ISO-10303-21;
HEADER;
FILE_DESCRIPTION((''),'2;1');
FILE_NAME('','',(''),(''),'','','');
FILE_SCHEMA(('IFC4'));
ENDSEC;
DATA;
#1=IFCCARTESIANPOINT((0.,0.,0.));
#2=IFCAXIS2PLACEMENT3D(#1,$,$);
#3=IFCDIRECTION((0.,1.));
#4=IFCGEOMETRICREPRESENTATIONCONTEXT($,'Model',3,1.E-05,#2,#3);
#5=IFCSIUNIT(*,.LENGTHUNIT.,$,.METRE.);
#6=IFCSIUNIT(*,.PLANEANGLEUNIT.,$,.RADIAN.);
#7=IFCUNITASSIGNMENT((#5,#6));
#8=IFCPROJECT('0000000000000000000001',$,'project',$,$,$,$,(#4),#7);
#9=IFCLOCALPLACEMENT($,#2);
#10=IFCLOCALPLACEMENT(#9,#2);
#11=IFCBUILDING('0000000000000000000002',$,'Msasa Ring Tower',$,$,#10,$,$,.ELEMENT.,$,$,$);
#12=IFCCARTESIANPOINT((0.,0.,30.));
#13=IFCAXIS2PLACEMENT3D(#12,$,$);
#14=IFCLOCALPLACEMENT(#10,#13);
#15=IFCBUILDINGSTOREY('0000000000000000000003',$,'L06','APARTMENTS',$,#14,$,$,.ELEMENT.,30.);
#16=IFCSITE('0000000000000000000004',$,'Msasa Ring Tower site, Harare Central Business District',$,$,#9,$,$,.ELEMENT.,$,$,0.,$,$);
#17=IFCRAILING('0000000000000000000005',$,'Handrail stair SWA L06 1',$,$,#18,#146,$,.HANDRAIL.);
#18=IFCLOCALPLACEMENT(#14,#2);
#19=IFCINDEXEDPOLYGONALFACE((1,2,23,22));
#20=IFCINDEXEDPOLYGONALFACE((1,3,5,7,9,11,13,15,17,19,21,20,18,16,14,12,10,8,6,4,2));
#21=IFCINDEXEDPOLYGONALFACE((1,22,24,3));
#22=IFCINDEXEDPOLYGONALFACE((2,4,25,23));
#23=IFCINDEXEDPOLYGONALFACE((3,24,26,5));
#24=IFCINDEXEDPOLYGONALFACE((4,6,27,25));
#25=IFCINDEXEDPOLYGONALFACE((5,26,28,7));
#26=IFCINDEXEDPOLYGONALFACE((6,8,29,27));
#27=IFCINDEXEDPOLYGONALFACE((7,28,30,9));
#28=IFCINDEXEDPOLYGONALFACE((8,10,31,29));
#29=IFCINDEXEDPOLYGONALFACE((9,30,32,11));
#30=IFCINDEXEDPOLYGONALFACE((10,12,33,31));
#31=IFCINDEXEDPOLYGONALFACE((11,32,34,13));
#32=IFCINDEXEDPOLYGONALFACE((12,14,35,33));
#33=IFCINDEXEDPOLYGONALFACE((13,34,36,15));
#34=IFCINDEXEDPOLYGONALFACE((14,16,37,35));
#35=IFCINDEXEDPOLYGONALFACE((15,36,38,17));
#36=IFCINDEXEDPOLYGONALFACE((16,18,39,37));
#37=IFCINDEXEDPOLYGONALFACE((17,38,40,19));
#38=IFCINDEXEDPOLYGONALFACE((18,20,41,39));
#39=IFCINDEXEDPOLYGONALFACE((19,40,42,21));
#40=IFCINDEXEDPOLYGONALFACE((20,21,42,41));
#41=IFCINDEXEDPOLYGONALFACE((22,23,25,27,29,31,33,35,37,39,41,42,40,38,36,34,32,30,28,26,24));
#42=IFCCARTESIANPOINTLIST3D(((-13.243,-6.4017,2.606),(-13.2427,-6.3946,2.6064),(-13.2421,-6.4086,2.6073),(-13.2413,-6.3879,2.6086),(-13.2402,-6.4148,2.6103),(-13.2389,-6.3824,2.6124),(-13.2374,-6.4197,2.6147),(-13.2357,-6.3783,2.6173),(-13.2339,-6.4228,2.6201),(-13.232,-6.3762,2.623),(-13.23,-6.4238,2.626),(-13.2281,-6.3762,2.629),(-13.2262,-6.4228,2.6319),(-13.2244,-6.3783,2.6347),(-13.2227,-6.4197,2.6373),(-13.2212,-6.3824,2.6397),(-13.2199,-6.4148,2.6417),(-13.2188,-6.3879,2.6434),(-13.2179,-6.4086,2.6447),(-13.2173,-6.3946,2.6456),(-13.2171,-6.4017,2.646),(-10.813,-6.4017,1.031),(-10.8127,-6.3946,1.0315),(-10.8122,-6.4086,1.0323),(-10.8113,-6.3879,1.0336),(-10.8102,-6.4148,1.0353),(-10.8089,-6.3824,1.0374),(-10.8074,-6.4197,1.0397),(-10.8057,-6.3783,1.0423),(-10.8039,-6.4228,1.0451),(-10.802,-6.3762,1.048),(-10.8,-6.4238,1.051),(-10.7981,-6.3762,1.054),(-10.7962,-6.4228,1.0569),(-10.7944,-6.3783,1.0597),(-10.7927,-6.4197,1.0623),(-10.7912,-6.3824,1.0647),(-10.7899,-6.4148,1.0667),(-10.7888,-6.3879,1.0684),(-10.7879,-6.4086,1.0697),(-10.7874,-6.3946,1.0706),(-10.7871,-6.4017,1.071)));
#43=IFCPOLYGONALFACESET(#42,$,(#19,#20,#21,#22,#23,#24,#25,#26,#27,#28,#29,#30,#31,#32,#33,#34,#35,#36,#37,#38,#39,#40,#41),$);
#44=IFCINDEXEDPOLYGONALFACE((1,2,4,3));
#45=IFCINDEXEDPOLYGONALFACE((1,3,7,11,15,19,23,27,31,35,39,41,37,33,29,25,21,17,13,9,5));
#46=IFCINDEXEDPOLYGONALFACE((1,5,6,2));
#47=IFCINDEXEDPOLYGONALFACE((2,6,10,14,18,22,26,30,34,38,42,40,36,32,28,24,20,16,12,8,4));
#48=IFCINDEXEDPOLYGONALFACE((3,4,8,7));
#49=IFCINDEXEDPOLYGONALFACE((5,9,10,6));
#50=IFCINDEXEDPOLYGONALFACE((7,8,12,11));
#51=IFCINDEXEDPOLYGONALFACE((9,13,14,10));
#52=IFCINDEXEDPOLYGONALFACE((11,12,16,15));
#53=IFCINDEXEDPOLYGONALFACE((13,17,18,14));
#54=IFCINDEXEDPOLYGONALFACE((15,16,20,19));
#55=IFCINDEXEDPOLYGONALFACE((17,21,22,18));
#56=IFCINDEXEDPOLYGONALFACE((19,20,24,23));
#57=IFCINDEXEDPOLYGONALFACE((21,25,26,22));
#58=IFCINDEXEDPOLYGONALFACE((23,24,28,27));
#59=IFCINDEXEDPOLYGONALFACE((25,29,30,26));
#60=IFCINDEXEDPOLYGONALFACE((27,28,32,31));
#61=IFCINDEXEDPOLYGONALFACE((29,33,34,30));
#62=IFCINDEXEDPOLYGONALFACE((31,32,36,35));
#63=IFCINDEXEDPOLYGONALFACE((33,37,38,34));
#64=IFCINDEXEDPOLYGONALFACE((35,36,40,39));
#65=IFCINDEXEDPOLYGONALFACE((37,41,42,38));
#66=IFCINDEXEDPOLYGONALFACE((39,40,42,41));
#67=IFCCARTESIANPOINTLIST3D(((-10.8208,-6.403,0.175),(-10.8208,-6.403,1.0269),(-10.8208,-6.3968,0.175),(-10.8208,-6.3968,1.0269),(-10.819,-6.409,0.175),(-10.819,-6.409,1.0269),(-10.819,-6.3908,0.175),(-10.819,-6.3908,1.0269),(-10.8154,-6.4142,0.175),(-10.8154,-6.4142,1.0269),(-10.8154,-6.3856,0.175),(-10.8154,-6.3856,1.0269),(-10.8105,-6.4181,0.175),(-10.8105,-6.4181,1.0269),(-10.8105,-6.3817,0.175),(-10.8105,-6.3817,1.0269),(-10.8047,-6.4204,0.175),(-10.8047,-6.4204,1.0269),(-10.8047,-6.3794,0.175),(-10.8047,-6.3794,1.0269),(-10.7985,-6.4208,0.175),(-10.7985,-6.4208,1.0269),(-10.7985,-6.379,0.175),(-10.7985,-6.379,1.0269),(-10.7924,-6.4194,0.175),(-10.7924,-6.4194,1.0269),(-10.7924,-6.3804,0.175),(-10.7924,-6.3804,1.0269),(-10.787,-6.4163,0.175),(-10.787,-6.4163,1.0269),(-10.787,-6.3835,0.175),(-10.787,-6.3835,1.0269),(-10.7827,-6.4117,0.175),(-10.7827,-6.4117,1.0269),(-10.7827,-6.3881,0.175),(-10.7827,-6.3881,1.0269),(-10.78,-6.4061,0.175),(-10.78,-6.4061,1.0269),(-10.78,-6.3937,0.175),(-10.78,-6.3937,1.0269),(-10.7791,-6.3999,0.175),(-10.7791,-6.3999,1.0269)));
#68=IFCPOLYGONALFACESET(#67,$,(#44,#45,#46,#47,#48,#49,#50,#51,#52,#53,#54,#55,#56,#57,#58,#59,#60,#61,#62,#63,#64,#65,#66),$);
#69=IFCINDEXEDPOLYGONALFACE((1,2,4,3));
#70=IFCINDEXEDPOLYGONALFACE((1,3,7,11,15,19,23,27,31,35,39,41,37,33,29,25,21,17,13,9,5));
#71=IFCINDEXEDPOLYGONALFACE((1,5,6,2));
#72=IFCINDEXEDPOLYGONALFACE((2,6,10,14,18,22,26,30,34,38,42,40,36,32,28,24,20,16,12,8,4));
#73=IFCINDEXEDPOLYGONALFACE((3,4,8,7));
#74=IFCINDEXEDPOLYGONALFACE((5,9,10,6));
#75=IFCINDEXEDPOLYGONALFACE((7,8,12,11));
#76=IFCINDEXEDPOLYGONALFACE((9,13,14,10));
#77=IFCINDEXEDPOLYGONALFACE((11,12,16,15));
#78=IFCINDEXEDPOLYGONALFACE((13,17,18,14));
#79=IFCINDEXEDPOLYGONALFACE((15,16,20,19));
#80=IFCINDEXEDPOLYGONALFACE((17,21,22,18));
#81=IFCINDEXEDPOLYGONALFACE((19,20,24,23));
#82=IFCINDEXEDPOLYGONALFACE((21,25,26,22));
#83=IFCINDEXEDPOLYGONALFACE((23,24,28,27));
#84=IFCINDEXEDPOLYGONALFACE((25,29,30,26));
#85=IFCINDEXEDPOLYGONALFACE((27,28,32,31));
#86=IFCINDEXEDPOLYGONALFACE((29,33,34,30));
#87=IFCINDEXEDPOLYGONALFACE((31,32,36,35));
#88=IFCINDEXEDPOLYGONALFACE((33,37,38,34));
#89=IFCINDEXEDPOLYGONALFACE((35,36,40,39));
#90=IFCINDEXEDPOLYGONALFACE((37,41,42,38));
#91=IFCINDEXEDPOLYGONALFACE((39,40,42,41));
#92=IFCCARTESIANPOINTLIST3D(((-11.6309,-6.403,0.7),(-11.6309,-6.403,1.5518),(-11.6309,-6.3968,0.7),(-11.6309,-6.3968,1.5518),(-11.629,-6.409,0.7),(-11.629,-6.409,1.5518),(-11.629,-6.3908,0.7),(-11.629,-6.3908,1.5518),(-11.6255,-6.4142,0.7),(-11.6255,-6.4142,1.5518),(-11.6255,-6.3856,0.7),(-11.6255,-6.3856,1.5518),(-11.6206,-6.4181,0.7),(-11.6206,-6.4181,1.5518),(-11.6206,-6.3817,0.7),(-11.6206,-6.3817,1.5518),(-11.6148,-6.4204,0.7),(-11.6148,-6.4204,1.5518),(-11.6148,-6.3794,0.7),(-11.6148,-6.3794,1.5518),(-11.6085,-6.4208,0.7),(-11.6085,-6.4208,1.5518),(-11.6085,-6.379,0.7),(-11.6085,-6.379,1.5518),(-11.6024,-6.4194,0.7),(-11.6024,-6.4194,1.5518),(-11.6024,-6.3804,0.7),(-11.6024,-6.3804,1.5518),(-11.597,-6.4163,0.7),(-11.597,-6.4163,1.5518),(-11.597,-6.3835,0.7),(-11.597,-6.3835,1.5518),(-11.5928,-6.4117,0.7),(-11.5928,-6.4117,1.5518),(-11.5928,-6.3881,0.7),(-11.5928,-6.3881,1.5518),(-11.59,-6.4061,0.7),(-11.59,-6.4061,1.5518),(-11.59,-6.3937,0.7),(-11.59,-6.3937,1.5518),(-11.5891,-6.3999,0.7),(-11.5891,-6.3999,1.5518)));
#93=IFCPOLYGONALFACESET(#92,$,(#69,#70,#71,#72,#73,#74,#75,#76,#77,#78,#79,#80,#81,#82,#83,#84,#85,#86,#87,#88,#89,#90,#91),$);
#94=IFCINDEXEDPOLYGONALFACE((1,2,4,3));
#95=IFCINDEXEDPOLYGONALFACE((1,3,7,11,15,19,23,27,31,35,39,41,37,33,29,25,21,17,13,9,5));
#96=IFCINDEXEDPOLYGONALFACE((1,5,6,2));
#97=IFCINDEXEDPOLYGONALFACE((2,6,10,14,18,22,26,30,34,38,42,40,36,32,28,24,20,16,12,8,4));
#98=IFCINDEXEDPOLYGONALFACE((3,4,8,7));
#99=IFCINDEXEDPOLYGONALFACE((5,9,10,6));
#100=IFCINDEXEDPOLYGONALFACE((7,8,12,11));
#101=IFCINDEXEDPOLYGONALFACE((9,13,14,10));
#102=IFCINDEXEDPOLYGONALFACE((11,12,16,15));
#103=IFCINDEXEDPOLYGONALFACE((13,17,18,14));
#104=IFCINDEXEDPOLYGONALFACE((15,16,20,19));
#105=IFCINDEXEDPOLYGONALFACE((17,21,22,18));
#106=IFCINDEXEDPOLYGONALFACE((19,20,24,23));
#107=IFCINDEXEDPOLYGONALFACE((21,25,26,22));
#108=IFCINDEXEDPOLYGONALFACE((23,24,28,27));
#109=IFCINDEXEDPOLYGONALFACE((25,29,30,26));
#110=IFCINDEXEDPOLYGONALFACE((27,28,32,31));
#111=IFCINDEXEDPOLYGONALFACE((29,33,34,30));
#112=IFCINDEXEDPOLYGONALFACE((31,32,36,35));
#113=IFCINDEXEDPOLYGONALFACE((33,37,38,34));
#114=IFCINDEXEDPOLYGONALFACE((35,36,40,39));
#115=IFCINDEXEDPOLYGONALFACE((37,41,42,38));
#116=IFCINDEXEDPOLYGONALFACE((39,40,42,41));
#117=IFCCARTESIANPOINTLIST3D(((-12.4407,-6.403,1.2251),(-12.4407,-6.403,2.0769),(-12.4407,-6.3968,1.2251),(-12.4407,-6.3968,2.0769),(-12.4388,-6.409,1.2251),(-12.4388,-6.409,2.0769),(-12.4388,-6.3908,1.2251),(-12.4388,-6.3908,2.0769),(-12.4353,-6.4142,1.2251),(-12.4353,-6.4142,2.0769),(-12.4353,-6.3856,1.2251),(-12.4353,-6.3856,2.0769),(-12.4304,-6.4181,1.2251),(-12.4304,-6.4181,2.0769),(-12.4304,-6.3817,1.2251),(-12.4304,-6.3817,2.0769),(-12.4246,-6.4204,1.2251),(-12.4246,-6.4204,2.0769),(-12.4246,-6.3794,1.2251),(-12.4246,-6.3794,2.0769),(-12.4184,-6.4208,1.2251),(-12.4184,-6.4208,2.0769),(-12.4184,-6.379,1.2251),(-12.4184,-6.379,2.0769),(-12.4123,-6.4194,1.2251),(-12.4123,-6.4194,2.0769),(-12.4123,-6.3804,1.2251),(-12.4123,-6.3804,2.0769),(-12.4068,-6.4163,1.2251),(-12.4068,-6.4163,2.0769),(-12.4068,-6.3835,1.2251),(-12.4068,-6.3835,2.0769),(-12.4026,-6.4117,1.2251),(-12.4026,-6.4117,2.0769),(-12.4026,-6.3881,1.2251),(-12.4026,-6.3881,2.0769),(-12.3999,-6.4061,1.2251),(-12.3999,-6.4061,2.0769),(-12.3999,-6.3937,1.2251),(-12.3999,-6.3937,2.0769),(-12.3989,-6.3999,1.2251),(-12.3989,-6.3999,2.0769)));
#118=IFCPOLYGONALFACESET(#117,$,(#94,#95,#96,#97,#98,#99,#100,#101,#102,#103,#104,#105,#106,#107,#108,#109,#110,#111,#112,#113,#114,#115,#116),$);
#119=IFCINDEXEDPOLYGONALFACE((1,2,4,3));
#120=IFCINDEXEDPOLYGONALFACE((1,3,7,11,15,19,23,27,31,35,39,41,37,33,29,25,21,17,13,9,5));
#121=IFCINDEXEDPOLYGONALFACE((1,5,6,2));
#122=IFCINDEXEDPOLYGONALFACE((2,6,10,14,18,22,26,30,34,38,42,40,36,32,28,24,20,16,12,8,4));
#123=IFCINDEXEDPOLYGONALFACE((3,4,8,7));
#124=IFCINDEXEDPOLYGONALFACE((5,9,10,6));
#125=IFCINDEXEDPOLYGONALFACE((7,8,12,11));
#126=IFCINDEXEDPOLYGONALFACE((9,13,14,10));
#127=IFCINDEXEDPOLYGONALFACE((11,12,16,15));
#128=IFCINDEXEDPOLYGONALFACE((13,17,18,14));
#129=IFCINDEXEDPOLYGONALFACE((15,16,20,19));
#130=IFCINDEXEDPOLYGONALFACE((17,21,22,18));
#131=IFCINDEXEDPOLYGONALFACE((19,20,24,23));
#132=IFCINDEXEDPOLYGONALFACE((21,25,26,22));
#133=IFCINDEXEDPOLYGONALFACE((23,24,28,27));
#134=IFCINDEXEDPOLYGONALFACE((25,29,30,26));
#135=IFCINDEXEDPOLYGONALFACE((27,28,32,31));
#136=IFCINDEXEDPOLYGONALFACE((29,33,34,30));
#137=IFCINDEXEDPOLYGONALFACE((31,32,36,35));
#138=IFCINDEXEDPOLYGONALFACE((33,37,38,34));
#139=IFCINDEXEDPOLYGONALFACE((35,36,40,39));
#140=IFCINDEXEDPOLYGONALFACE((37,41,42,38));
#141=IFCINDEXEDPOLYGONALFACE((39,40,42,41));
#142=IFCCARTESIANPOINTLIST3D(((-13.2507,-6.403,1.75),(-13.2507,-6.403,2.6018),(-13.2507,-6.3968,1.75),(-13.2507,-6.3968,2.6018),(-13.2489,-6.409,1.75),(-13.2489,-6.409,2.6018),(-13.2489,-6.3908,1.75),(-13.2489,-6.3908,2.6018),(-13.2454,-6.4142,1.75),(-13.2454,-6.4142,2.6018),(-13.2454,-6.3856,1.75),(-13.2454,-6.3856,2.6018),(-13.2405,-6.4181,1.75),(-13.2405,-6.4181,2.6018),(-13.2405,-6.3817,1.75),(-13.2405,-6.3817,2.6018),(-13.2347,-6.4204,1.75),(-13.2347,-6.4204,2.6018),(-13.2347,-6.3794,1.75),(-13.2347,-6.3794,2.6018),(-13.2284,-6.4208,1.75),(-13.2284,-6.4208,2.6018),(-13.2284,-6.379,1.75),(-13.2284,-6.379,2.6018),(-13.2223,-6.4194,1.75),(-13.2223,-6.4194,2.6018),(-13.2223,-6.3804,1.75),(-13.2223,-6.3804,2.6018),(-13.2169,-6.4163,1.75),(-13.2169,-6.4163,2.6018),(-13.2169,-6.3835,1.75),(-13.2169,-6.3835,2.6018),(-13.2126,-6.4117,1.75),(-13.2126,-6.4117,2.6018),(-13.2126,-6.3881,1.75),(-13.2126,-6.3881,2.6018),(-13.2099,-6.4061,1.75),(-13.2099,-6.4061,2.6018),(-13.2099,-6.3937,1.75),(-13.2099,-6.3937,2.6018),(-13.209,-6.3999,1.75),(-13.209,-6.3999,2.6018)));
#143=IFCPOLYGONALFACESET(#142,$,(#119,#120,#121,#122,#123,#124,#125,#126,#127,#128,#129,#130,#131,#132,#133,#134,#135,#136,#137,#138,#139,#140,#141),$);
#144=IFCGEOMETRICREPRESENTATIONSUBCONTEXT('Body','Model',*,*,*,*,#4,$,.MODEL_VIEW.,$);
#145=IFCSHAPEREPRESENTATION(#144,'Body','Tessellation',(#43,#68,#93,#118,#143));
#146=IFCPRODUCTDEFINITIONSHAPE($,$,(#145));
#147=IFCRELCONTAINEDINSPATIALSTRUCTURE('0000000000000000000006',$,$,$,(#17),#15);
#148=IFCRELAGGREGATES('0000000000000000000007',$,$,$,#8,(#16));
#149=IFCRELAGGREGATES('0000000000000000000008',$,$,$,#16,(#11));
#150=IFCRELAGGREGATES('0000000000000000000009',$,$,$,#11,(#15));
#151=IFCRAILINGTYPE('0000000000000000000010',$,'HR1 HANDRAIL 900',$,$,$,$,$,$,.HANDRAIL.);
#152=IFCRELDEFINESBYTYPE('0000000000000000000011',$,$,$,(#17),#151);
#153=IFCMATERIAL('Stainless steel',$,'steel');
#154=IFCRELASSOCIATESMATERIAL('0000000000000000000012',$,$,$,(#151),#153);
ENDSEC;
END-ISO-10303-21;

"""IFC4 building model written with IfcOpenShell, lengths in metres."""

from ifc_helpers import new_model, si_unit, direction, frame, origin, origin_2d, place, context, subcontext, project, spatial, circle, extrude, material, type_object, element, save


model = new_model("IFC4")

# Units and contexts
model_context = context("Model", 3, precision=1e-05, world=origin(), true_north=direction((0.0, 1.0)))
body_context = subcontext(model_context, "Body", "Model", "MODEL_VIEW")
ifc_project = project(units=[si_unit("LENGTHUNIT", "METRE"), si_unit("PLANEANGLEUNIT", "RADIAN")], contexts=[model_context])

# Site, building, storey
site_placement = place(None, origin())
site = spatial("IfcSite", under=ifc_project, at=site_placement, Name="Msasa Ring Tower site, Harare Central Business District", CompositionType="ELEMENT", RefElevation=0.0)
building_placement = place(site_placement, origin())
building = spatial("IfcBuilding", under=site, at=building_placement, Name="Msasa Ring Tower", CompositionType="ELEMENT")
storey_placement = place(building_placement, frame((0.0, 0.0, 30.0)))
storey = spatial("IfcBuildingStorey", under=building, at=storey_placement, Name="L06", Description="APARTMENTS", CompositionType="ELEMENT", Elevation=30.0)

# Railing
ifc_material_1 = material(Name="Stainless steel", Category="steel")
railing_type = type_object("IfcRailingType", Name="HR1 HANDRAIL 900", PredefinedType="HANDRAIL", material=ifc_material_1)
for number, where, name in (
    (1, (-10.8, -6.3999, 0.175), "Handrail stair SWA L06 1"),
):
    element("IfcRailing", number, at=place(storey_placement, frame(where)), inside=storey, type_object=railing_type, Name=name, PredefinedType="HANDRAIL", context=body_context, shape_type="SweptSolid", body=[
        extrude(circle(Radius=0.0239, at=origin_2d()), frame((0.0, 0.0, 0.876), z_axis=(-0.839154, 0.0, 0.543894), x_axis=(0.0, -1.0, 0.0)), (0.0, 0.0, 1.0), 2.8958),
        extrude(circle(Radius=0.021, at=origin_2d()), origin(), (0.0, 0.0, 1.0), 0.8518),
        extrude(circle(Radius=0.021, at=origin_2d()), frame((-0.8101, 0.0, 0.5249)), (0.0, 0.0, 1.0), 0.8518),
        extrude(circle(Radius=0.021, at=origin_2d()), frame((-1.6199, 0.0, 1.05)), (0.0, 0.0, 1.0), 0.8518),
        extrude(circle(Radius=0.021, at=origin_2d()), frame((-2.4299, 0.0, 1.575)), (0.0, 0.0, 1.0), 0.8518),
    ])

save(model, "model.ifc")
